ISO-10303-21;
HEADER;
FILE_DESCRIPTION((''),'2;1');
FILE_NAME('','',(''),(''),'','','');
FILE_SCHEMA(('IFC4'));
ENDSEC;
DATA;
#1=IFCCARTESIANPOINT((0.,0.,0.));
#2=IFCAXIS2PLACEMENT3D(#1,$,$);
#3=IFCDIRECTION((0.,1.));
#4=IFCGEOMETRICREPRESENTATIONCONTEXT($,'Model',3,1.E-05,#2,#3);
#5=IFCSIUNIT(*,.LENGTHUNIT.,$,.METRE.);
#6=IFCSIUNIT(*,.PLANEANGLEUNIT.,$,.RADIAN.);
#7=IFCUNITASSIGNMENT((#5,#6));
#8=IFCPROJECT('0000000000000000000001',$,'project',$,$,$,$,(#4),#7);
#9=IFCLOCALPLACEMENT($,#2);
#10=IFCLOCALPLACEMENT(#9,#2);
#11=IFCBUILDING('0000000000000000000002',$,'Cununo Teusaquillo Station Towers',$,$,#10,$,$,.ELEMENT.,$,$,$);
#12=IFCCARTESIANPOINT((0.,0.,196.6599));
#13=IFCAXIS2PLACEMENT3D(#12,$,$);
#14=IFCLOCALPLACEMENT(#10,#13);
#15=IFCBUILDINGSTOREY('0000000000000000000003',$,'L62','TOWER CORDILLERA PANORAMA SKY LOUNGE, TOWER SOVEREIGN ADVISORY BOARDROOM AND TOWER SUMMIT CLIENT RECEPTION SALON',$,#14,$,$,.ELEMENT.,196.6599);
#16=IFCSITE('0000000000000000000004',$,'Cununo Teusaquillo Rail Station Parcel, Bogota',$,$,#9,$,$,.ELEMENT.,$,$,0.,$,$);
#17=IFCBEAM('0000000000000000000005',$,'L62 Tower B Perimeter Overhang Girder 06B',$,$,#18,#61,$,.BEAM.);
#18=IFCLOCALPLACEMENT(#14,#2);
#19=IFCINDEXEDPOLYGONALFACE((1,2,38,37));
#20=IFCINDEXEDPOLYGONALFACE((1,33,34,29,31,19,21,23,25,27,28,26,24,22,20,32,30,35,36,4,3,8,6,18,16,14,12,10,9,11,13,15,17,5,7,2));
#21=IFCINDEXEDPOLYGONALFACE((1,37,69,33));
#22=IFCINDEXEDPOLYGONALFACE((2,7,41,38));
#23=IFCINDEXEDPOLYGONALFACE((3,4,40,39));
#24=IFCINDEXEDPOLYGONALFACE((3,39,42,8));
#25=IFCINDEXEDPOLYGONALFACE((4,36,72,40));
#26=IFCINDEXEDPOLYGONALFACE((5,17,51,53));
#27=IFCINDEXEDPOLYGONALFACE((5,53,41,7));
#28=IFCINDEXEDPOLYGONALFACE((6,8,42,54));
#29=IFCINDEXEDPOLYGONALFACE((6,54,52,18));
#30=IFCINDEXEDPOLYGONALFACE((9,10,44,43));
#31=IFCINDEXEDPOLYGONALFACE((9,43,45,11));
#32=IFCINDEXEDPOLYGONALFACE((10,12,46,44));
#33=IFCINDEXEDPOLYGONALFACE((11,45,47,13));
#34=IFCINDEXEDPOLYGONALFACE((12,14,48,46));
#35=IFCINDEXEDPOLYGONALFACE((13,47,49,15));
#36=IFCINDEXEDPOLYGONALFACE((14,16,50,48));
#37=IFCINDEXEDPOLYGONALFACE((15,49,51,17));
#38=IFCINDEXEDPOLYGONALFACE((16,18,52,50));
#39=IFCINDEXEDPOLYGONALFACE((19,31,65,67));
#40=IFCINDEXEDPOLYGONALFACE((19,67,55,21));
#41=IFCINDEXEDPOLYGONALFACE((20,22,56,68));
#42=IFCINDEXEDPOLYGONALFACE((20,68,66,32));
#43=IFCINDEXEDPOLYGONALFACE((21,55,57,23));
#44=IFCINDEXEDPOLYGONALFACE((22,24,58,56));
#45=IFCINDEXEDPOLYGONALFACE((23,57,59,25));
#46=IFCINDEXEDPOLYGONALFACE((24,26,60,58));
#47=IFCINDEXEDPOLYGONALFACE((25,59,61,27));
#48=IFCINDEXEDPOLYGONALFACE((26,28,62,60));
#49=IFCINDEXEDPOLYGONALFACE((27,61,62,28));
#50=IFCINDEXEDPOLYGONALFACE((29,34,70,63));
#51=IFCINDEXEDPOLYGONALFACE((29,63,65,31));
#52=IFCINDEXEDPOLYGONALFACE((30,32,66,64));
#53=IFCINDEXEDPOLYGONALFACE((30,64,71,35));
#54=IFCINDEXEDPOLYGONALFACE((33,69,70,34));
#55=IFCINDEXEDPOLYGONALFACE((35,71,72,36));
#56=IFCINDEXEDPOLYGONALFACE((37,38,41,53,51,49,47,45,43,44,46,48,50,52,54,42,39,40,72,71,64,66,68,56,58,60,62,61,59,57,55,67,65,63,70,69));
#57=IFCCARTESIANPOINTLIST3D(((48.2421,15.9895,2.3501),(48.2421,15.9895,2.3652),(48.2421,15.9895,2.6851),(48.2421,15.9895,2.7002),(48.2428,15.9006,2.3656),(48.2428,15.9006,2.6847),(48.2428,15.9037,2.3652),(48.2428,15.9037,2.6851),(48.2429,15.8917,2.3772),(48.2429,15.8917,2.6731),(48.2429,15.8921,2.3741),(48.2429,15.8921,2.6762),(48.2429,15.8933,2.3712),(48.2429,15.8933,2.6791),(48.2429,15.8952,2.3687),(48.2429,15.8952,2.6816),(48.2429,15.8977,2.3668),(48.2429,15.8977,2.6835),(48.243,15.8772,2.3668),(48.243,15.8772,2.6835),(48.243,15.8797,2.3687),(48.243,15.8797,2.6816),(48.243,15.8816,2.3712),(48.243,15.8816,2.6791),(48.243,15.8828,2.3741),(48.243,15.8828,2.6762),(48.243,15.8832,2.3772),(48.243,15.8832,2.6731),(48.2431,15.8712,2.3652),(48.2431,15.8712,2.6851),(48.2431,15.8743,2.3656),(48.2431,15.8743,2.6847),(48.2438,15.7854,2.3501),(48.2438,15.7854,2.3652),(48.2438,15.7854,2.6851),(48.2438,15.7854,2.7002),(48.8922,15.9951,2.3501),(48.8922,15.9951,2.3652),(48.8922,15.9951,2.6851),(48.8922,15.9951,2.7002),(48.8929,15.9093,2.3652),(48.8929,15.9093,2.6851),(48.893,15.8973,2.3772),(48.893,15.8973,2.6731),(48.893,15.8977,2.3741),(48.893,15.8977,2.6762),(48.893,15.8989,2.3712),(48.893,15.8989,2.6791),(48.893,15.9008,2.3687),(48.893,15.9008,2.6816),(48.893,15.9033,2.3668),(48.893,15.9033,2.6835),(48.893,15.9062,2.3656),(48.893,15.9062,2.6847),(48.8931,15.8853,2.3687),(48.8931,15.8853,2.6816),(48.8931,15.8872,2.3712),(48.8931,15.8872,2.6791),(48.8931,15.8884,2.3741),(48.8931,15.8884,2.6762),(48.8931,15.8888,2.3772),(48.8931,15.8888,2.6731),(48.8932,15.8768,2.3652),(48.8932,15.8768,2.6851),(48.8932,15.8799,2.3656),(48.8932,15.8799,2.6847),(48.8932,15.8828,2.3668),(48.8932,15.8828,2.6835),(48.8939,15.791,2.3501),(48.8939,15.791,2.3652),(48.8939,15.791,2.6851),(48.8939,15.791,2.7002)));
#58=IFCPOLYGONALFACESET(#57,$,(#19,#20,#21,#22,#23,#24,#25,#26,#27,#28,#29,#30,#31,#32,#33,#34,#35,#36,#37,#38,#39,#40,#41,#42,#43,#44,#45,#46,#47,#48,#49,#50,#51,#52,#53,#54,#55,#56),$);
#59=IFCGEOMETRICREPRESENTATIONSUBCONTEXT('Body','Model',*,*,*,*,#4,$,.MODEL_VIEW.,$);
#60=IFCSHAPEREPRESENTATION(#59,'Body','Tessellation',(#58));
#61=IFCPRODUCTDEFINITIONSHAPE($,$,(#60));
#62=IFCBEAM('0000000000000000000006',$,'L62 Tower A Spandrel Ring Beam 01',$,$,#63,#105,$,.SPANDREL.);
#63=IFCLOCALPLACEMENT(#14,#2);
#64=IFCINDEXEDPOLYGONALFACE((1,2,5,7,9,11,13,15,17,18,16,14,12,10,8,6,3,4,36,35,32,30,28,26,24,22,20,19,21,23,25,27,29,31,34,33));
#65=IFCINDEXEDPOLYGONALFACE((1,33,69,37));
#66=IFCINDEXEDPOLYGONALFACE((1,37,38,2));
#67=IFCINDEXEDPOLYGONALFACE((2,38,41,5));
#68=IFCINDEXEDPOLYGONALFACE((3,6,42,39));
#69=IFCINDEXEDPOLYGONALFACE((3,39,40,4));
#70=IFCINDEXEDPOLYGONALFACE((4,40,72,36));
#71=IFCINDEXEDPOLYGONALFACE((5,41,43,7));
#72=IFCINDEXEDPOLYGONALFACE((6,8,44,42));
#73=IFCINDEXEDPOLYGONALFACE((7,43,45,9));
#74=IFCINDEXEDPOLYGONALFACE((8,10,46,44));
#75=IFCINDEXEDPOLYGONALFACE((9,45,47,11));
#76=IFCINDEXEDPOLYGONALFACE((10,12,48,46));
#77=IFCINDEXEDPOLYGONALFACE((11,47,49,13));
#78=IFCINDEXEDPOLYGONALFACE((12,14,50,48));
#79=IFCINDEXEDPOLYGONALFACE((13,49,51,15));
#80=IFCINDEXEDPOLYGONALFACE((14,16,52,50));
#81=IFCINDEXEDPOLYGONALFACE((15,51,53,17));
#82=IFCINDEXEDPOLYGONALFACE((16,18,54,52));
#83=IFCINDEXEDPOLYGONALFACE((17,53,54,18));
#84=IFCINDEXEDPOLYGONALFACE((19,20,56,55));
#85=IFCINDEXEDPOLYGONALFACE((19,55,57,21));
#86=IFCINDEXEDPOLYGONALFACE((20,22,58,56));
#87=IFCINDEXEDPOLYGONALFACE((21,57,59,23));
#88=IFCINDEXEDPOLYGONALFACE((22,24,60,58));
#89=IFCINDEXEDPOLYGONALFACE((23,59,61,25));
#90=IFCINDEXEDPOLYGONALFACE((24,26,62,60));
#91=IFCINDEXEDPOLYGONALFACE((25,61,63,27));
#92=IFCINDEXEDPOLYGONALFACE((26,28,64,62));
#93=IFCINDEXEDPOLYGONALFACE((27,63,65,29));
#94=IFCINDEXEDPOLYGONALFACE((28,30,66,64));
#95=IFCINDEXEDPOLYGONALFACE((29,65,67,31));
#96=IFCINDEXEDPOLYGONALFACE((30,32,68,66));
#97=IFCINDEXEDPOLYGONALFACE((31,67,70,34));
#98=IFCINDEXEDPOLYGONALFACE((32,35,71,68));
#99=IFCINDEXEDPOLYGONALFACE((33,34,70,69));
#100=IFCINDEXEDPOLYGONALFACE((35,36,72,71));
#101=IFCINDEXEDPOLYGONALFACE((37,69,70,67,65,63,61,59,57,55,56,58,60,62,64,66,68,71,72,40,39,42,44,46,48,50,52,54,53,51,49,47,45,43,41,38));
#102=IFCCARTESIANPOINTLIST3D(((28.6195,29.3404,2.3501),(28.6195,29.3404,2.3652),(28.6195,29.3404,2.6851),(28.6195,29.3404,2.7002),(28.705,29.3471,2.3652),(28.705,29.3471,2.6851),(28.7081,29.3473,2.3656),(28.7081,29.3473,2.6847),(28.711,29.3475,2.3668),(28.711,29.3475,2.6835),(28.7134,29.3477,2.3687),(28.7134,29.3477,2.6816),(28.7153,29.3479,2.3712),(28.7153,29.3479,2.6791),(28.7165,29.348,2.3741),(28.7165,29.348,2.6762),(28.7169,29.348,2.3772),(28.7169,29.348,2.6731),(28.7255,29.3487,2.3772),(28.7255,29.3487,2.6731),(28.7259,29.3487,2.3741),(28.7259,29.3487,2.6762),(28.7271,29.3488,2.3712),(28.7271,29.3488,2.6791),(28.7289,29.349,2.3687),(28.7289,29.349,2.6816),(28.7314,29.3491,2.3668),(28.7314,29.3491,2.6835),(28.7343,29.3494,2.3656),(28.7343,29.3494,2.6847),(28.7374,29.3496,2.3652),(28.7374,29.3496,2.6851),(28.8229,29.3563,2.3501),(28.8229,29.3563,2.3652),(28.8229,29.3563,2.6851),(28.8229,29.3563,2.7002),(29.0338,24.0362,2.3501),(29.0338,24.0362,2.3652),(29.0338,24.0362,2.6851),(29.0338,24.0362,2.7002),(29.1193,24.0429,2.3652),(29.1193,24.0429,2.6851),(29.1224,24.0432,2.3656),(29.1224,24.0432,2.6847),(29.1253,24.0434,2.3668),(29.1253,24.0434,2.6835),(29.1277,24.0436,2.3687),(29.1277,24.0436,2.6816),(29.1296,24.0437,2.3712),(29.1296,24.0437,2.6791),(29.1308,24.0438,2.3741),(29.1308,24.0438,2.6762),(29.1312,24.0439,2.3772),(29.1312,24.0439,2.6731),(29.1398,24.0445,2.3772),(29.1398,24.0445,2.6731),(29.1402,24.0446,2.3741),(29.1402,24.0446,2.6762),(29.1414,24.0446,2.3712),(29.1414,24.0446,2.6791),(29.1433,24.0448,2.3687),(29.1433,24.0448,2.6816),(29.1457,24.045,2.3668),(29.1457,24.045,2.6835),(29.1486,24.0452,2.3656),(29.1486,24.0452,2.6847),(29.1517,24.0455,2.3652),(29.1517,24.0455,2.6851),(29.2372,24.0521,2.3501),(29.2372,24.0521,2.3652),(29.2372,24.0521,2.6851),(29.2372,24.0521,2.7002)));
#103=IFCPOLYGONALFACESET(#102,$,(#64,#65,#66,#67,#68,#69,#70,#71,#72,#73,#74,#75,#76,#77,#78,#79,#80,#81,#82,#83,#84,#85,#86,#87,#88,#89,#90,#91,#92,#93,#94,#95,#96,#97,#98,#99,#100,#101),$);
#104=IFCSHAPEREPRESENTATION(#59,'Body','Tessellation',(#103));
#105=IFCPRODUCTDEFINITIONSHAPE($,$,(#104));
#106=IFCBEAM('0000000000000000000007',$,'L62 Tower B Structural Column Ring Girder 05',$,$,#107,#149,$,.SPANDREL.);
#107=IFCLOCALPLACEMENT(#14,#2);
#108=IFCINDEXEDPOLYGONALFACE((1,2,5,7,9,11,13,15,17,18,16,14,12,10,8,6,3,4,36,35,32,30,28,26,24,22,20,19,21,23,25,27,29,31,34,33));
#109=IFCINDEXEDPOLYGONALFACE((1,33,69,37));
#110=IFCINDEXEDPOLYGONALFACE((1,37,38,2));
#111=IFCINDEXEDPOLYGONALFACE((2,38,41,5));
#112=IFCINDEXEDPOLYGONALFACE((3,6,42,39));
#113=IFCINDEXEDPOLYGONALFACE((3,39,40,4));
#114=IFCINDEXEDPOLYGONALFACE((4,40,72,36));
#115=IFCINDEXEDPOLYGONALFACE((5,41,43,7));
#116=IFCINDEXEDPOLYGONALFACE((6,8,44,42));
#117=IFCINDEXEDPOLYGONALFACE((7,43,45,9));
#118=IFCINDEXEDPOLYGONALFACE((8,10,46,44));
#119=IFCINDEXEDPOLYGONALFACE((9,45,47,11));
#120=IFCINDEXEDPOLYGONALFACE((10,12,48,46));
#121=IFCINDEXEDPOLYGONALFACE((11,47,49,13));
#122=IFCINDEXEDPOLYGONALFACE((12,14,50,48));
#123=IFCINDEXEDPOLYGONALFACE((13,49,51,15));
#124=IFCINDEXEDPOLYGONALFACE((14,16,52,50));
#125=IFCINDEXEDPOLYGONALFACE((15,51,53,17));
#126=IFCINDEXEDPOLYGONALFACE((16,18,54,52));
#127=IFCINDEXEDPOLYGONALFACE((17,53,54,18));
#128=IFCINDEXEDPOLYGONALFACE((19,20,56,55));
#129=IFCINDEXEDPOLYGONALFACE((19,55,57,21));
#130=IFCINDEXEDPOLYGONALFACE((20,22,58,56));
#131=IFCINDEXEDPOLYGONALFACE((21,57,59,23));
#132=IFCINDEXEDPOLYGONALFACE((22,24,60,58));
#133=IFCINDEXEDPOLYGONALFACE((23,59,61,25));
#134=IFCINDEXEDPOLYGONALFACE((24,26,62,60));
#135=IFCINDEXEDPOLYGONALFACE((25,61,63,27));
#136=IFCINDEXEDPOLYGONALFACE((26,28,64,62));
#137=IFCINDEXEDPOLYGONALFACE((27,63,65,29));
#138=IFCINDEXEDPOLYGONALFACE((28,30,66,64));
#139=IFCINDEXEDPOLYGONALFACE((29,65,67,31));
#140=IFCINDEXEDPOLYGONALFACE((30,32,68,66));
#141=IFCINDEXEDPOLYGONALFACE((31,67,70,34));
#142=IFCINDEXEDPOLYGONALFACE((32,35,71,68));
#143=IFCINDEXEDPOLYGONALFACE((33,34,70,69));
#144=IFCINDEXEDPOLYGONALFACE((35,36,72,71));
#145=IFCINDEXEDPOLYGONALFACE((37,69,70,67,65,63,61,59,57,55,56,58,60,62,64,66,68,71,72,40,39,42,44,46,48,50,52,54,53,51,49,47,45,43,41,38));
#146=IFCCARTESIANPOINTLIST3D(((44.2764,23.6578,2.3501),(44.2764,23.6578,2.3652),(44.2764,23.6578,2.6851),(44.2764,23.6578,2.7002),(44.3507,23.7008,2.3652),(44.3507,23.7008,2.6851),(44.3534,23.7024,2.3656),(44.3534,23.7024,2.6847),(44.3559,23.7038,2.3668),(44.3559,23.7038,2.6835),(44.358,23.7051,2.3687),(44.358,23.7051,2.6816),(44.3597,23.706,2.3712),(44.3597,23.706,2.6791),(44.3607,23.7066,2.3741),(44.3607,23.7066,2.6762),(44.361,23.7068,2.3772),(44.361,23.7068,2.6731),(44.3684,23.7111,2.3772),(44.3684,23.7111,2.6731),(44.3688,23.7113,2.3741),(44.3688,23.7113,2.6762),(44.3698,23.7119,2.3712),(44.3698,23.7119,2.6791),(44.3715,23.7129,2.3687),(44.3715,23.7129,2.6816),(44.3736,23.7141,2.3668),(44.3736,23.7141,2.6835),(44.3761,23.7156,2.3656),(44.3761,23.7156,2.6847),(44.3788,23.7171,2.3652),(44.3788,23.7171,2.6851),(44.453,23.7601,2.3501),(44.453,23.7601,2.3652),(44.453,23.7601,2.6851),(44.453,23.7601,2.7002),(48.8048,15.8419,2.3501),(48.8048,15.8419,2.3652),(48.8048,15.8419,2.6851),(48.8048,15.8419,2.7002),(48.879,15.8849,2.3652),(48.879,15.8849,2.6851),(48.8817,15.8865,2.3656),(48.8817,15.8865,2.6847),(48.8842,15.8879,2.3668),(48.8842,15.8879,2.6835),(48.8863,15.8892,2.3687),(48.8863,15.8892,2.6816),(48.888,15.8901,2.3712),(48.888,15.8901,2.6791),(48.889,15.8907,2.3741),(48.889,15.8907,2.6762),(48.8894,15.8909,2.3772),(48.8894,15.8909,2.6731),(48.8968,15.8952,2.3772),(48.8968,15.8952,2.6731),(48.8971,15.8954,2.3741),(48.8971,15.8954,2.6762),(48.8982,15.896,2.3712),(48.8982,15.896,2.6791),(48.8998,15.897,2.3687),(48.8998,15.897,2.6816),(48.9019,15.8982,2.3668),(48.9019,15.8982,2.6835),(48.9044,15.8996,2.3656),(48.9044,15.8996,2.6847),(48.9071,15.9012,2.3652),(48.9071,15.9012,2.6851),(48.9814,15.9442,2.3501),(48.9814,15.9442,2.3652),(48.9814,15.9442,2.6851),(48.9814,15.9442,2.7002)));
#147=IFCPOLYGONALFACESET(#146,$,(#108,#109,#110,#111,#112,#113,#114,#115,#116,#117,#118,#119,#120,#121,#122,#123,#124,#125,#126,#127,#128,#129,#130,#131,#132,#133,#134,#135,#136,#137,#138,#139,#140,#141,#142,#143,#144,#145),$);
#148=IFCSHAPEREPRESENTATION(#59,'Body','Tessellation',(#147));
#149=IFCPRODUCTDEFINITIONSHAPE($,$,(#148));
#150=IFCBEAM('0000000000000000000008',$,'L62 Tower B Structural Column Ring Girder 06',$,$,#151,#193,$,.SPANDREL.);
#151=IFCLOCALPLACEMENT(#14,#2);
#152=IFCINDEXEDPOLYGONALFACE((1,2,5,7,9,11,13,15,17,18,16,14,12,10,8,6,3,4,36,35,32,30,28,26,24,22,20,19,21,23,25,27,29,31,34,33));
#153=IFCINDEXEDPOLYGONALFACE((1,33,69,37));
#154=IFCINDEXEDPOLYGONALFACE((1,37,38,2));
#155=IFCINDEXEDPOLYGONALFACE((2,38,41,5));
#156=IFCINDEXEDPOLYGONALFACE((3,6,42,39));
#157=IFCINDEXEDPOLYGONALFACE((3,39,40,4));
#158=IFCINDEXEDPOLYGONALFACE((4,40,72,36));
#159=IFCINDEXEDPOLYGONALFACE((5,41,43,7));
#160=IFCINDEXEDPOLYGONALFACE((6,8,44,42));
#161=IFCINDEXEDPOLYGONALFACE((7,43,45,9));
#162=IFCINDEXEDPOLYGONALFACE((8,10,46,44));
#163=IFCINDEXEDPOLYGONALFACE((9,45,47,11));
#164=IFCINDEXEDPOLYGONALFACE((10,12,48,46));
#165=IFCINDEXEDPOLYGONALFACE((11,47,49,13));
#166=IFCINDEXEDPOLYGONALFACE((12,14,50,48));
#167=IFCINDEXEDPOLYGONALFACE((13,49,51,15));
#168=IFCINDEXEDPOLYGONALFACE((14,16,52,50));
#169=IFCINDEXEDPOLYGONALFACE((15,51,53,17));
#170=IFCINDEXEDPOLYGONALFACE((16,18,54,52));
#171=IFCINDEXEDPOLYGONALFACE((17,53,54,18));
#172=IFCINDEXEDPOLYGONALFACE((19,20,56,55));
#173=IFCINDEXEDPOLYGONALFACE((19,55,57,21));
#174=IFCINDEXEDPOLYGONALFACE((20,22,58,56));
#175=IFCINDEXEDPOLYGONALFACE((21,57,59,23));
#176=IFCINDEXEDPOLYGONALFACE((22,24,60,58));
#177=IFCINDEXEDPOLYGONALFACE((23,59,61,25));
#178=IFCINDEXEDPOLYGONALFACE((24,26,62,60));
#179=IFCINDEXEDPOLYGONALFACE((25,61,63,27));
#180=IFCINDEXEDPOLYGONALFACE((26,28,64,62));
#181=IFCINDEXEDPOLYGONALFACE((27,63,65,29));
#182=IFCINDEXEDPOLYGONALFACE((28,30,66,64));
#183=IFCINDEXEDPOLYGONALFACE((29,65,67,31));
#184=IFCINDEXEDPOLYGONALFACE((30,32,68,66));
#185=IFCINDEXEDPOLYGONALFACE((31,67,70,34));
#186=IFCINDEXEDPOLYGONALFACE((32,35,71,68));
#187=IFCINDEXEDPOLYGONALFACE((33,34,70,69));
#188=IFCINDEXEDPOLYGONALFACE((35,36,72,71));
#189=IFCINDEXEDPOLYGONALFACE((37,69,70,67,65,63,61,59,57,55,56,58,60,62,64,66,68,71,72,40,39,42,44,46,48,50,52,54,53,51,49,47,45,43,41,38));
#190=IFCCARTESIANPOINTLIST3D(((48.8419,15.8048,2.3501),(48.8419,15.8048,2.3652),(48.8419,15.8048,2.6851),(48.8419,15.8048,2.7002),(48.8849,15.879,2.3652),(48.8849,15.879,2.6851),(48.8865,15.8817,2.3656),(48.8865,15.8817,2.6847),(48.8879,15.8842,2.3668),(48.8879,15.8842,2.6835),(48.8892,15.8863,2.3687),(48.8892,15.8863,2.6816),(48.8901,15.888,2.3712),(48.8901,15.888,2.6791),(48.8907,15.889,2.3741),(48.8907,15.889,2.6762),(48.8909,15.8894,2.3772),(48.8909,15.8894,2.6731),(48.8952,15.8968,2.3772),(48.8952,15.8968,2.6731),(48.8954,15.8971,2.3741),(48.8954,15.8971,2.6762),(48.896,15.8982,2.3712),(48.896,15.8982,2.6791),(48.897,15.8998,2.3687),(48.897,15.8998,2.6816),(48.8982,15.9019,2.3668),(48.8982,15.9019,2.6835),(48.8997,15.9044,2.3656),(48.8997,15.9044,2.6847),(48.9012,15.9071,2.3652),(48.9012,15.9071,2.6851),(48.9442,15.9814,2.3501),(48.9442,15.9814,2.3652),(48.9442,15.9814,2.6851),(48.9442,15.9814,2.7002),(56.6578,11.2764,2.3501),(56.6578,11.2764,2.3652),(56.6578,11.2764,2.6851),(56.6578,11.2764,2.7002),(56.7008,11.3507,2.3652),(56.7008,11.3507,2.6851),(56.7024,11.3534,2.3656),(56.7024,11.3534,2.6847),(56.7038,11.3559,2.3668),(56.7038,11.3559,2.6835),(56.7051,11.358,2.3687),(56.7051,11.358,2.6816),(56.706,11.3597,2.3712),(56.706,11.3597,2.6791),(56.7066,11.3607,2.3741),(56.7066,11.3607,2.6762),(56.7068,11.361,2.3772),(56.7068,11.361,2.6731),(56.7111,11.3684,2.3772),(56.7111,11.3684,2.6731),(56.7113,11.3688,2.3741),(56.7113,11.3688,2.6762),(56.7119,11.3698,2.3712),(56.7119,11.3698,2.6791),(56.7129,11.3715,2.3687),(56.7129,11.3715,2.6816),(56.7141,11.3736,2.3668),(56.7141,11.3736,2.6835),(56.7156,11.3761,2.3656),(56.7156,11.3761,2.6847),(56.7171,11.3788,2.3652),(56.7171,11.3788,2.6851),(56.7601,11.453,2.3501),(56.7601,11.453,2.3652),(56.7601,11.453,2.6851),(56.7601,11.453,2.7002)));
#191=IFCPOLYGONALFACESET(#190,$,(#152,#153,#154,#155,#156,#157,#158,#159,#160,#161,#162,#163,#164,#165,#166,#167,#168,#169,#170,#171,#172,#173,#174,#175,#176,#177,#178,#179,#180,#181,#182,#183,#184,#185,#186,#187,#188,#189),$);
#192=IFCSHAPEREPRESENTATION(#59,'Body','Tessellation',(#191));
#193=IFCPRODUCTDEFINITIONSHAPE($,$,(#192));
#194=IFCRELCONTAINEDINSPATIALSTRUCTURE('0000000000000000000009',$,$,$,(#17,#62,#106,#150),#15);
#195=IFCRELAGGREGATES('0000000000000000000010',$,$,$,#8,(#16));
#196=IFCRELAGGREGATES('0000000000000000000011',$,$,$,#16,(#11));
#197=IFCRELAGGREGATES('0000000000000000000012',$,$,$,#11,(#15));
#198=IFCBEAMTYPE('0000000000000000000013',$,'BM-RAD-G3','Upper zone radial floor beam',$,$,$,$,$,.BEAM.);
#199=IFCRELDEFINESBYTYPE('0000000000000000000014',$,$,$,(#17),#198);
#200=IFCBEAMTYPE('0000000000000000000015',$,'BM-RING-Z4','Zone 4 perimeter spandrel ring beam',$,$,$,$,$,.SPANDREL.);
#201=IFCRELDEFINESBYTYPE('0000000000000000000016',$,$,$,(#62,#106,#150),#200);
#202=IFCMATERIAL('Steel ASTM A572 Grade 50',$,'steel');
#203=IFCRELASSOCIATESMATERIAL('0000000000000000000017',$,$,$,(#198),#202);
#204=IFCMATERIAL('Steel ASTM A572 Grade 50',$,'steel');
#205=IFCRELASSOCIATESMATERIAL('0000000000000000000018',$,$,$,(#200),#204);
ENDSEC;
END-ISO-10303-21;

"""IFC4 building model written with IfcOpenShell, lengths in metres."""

from ifc_helpers import new_model, si_unit, direction, frame, origin, origin_2d, place, context, subcontext, project, spatial, i_section, extrude, material, material_profile, profile_set, type_object, element, save


model = new_model("IFC4")

# Units and contexts
model_context = context("Model", 3, precision=1e-05, world=origin(), true_north=direction((0.0, 1.0)))
body_context = subcontext(model_context, "Body", "Model", "MODEL_VIEW")
ifc_project = project(units=[si_unit("LENGTHUNIT", "METRE"), si_unit("PLANEANGLEUNIT", "RADIAN")], contexts=[model_context])

# Site, building, storey
site_placement = place(None, origin())
site = spatial("IfcSite", under=ifc_project, at=site_placement, Name="Cununo Teusaquillo Rail Station Parcel, Bogota", CompositionType="ELEMENT", RefElevation=0.0)
building_placement = place(site_placement, origin())
building = spatial("IfcBuilding", under=site, at=building_placement, Name="Cununo Teusaquillo Station Towers", CompositionType="ELEMENT")
storey_placement = place(building_placement, frame((0.0, 0.0, 196.6599)))
storey = spatial("IfcBuildingStorey", under=building, at=storey_placement, Name="L62", Description="TOWER CORDILLERA PANORAMA SKY LOUNGE, TOWER SOVEREIGN ADVISORY BOARDROOM AND TOWER SUMMIT CLIENT RECEPTION SALON", CompositionType="ELEMENT", Elevation=196.6599)

# Beams
ifc_material_1 = material(Name="Steel ASTM A572 Grade 50", Category="steel")
ifc_material_profile_1 = material_profile(ifc_material_1, i_section(OverallWidth=0.2041, OverallDepth=0.3501, WebThickness=0.0085, FlangeThickness=0.0151, FilletRadius=0.012, at=origin_2d()), Name="W14X48")
ifc_profile_set_1 = profile_set([ifc_material_profile_1], Name="Steel ASTM A572 Grade 50")
beam_type_1 = type_object("IfcBeamType", Name="BM-RAD-G3", Description="Upper zone radial floor beam", PredefinedType="BEAM", material=ifc_profile_set_1)
beam_1_placement = place(storey_placement, frame((48.8931, 15.8931, 2.5251), z_axis=(-0.999963, -0.008637, 0.0), x_axis=(0.008637, -0.999963, 0.0)))
element("IfcBeam", 1, at=beam_1_placement, inside=storey, type_object=beam_type_1, Name="L62 Tower B Perimeter Overhang Girder 06B", PredefinedType="BEAM", context=body_context, shape_type="SweptSolid", body=[
    extrude(i_section(OverallWidth=0.2041, OverallDepth=0.3501, WebThickness=0.0085, FlangeThickness=0.0151, FilletRadius=0.012, at=origin_2d()), origin(), (0.0, 0.0, 1.0), 0.6501),
])
ifc_material_2 = material(Name="Steel ASTM A572 Grade 50", Category="steel")
ifc_material_profile_2 = material_profile(ifc_material_2, i_section(OverallWidth=0.2041, OverallDepth=0.3501, WebThickness=0.0085, FlangeThickness=0.0151, FilletRadius=0.012, at=origin_2d()), Name="W14X48")
ifc_profile_set_2 = profile_set([ifc_material_profile_2], Name="Steel ASTM A572 Grade 50")
beam_type_2 = type_object("IfcBeamType", Name="BM-RING-Z4", Description="Zone 4 perimeter spandrel ring beam", PredefinedType="SPANDREL", material=ifc_profile_set_2)
beam_2_placement = place(storey_placement, frame((29.1355, 24.0442, 2.5251), z_axis=(-0.077872, 0.996963, 0.0), x_axis=(-0.996963, -0.077872, 0.0)))
element("IfcBeam", 2, at=beam_2_placement, inside=storey, type_object=beam_type_2, Name="L62 Tower A Spandrel Ring Beam 01", PredefinedType="SPANDREL", context=body_context, shape_type="SweptSolid", body=[
    extrude(i_section(OverallWidth=0.2041, OverallDepth=0.3501, WebThickness=0.0085, FlangeThickness=0.0151, FilletRadius=0.012, at=origin_2d()), origin(), (0.0, 0.0, 1.0), 5.3203),
])
for number, where, z_axis, x_axis, name in (
    (3, (44.3647, 23.709, 2.5251), (0.501311, -0.865267, 0.0), (0.865267, 0.501311, 0.0), "L62 Tower B Structural Column Ring Girder 05"),
    (4, (48.8931, 15.8931, 2.5251), (0.865267, -0.501311, 0.0), (0.501311, 0.865267, 0.0), "L62 Tower B Structural Column Ring Girder 06"),
):
    element("IfcBeam", number, at=place(storey_placement, frame(where, z_axis=z_axis, x_axis=x_axis)), inside=storey, type_object=beam_type_2, Name=name, PredefinedType="SPANDREL", context=body_context, shape_type="SweptSolid", body=[
        extrude(i_section(OverallWidth=0.2041, OverallDepth=0.3501, WebThickness=0.0085, FlangeThickness=0.0151, FilletRadius=0.012, at=origin_2d()), origin(), (0.0, 0.0, 1.0), 9.033),
    ])

save(model, "model.ifc")
